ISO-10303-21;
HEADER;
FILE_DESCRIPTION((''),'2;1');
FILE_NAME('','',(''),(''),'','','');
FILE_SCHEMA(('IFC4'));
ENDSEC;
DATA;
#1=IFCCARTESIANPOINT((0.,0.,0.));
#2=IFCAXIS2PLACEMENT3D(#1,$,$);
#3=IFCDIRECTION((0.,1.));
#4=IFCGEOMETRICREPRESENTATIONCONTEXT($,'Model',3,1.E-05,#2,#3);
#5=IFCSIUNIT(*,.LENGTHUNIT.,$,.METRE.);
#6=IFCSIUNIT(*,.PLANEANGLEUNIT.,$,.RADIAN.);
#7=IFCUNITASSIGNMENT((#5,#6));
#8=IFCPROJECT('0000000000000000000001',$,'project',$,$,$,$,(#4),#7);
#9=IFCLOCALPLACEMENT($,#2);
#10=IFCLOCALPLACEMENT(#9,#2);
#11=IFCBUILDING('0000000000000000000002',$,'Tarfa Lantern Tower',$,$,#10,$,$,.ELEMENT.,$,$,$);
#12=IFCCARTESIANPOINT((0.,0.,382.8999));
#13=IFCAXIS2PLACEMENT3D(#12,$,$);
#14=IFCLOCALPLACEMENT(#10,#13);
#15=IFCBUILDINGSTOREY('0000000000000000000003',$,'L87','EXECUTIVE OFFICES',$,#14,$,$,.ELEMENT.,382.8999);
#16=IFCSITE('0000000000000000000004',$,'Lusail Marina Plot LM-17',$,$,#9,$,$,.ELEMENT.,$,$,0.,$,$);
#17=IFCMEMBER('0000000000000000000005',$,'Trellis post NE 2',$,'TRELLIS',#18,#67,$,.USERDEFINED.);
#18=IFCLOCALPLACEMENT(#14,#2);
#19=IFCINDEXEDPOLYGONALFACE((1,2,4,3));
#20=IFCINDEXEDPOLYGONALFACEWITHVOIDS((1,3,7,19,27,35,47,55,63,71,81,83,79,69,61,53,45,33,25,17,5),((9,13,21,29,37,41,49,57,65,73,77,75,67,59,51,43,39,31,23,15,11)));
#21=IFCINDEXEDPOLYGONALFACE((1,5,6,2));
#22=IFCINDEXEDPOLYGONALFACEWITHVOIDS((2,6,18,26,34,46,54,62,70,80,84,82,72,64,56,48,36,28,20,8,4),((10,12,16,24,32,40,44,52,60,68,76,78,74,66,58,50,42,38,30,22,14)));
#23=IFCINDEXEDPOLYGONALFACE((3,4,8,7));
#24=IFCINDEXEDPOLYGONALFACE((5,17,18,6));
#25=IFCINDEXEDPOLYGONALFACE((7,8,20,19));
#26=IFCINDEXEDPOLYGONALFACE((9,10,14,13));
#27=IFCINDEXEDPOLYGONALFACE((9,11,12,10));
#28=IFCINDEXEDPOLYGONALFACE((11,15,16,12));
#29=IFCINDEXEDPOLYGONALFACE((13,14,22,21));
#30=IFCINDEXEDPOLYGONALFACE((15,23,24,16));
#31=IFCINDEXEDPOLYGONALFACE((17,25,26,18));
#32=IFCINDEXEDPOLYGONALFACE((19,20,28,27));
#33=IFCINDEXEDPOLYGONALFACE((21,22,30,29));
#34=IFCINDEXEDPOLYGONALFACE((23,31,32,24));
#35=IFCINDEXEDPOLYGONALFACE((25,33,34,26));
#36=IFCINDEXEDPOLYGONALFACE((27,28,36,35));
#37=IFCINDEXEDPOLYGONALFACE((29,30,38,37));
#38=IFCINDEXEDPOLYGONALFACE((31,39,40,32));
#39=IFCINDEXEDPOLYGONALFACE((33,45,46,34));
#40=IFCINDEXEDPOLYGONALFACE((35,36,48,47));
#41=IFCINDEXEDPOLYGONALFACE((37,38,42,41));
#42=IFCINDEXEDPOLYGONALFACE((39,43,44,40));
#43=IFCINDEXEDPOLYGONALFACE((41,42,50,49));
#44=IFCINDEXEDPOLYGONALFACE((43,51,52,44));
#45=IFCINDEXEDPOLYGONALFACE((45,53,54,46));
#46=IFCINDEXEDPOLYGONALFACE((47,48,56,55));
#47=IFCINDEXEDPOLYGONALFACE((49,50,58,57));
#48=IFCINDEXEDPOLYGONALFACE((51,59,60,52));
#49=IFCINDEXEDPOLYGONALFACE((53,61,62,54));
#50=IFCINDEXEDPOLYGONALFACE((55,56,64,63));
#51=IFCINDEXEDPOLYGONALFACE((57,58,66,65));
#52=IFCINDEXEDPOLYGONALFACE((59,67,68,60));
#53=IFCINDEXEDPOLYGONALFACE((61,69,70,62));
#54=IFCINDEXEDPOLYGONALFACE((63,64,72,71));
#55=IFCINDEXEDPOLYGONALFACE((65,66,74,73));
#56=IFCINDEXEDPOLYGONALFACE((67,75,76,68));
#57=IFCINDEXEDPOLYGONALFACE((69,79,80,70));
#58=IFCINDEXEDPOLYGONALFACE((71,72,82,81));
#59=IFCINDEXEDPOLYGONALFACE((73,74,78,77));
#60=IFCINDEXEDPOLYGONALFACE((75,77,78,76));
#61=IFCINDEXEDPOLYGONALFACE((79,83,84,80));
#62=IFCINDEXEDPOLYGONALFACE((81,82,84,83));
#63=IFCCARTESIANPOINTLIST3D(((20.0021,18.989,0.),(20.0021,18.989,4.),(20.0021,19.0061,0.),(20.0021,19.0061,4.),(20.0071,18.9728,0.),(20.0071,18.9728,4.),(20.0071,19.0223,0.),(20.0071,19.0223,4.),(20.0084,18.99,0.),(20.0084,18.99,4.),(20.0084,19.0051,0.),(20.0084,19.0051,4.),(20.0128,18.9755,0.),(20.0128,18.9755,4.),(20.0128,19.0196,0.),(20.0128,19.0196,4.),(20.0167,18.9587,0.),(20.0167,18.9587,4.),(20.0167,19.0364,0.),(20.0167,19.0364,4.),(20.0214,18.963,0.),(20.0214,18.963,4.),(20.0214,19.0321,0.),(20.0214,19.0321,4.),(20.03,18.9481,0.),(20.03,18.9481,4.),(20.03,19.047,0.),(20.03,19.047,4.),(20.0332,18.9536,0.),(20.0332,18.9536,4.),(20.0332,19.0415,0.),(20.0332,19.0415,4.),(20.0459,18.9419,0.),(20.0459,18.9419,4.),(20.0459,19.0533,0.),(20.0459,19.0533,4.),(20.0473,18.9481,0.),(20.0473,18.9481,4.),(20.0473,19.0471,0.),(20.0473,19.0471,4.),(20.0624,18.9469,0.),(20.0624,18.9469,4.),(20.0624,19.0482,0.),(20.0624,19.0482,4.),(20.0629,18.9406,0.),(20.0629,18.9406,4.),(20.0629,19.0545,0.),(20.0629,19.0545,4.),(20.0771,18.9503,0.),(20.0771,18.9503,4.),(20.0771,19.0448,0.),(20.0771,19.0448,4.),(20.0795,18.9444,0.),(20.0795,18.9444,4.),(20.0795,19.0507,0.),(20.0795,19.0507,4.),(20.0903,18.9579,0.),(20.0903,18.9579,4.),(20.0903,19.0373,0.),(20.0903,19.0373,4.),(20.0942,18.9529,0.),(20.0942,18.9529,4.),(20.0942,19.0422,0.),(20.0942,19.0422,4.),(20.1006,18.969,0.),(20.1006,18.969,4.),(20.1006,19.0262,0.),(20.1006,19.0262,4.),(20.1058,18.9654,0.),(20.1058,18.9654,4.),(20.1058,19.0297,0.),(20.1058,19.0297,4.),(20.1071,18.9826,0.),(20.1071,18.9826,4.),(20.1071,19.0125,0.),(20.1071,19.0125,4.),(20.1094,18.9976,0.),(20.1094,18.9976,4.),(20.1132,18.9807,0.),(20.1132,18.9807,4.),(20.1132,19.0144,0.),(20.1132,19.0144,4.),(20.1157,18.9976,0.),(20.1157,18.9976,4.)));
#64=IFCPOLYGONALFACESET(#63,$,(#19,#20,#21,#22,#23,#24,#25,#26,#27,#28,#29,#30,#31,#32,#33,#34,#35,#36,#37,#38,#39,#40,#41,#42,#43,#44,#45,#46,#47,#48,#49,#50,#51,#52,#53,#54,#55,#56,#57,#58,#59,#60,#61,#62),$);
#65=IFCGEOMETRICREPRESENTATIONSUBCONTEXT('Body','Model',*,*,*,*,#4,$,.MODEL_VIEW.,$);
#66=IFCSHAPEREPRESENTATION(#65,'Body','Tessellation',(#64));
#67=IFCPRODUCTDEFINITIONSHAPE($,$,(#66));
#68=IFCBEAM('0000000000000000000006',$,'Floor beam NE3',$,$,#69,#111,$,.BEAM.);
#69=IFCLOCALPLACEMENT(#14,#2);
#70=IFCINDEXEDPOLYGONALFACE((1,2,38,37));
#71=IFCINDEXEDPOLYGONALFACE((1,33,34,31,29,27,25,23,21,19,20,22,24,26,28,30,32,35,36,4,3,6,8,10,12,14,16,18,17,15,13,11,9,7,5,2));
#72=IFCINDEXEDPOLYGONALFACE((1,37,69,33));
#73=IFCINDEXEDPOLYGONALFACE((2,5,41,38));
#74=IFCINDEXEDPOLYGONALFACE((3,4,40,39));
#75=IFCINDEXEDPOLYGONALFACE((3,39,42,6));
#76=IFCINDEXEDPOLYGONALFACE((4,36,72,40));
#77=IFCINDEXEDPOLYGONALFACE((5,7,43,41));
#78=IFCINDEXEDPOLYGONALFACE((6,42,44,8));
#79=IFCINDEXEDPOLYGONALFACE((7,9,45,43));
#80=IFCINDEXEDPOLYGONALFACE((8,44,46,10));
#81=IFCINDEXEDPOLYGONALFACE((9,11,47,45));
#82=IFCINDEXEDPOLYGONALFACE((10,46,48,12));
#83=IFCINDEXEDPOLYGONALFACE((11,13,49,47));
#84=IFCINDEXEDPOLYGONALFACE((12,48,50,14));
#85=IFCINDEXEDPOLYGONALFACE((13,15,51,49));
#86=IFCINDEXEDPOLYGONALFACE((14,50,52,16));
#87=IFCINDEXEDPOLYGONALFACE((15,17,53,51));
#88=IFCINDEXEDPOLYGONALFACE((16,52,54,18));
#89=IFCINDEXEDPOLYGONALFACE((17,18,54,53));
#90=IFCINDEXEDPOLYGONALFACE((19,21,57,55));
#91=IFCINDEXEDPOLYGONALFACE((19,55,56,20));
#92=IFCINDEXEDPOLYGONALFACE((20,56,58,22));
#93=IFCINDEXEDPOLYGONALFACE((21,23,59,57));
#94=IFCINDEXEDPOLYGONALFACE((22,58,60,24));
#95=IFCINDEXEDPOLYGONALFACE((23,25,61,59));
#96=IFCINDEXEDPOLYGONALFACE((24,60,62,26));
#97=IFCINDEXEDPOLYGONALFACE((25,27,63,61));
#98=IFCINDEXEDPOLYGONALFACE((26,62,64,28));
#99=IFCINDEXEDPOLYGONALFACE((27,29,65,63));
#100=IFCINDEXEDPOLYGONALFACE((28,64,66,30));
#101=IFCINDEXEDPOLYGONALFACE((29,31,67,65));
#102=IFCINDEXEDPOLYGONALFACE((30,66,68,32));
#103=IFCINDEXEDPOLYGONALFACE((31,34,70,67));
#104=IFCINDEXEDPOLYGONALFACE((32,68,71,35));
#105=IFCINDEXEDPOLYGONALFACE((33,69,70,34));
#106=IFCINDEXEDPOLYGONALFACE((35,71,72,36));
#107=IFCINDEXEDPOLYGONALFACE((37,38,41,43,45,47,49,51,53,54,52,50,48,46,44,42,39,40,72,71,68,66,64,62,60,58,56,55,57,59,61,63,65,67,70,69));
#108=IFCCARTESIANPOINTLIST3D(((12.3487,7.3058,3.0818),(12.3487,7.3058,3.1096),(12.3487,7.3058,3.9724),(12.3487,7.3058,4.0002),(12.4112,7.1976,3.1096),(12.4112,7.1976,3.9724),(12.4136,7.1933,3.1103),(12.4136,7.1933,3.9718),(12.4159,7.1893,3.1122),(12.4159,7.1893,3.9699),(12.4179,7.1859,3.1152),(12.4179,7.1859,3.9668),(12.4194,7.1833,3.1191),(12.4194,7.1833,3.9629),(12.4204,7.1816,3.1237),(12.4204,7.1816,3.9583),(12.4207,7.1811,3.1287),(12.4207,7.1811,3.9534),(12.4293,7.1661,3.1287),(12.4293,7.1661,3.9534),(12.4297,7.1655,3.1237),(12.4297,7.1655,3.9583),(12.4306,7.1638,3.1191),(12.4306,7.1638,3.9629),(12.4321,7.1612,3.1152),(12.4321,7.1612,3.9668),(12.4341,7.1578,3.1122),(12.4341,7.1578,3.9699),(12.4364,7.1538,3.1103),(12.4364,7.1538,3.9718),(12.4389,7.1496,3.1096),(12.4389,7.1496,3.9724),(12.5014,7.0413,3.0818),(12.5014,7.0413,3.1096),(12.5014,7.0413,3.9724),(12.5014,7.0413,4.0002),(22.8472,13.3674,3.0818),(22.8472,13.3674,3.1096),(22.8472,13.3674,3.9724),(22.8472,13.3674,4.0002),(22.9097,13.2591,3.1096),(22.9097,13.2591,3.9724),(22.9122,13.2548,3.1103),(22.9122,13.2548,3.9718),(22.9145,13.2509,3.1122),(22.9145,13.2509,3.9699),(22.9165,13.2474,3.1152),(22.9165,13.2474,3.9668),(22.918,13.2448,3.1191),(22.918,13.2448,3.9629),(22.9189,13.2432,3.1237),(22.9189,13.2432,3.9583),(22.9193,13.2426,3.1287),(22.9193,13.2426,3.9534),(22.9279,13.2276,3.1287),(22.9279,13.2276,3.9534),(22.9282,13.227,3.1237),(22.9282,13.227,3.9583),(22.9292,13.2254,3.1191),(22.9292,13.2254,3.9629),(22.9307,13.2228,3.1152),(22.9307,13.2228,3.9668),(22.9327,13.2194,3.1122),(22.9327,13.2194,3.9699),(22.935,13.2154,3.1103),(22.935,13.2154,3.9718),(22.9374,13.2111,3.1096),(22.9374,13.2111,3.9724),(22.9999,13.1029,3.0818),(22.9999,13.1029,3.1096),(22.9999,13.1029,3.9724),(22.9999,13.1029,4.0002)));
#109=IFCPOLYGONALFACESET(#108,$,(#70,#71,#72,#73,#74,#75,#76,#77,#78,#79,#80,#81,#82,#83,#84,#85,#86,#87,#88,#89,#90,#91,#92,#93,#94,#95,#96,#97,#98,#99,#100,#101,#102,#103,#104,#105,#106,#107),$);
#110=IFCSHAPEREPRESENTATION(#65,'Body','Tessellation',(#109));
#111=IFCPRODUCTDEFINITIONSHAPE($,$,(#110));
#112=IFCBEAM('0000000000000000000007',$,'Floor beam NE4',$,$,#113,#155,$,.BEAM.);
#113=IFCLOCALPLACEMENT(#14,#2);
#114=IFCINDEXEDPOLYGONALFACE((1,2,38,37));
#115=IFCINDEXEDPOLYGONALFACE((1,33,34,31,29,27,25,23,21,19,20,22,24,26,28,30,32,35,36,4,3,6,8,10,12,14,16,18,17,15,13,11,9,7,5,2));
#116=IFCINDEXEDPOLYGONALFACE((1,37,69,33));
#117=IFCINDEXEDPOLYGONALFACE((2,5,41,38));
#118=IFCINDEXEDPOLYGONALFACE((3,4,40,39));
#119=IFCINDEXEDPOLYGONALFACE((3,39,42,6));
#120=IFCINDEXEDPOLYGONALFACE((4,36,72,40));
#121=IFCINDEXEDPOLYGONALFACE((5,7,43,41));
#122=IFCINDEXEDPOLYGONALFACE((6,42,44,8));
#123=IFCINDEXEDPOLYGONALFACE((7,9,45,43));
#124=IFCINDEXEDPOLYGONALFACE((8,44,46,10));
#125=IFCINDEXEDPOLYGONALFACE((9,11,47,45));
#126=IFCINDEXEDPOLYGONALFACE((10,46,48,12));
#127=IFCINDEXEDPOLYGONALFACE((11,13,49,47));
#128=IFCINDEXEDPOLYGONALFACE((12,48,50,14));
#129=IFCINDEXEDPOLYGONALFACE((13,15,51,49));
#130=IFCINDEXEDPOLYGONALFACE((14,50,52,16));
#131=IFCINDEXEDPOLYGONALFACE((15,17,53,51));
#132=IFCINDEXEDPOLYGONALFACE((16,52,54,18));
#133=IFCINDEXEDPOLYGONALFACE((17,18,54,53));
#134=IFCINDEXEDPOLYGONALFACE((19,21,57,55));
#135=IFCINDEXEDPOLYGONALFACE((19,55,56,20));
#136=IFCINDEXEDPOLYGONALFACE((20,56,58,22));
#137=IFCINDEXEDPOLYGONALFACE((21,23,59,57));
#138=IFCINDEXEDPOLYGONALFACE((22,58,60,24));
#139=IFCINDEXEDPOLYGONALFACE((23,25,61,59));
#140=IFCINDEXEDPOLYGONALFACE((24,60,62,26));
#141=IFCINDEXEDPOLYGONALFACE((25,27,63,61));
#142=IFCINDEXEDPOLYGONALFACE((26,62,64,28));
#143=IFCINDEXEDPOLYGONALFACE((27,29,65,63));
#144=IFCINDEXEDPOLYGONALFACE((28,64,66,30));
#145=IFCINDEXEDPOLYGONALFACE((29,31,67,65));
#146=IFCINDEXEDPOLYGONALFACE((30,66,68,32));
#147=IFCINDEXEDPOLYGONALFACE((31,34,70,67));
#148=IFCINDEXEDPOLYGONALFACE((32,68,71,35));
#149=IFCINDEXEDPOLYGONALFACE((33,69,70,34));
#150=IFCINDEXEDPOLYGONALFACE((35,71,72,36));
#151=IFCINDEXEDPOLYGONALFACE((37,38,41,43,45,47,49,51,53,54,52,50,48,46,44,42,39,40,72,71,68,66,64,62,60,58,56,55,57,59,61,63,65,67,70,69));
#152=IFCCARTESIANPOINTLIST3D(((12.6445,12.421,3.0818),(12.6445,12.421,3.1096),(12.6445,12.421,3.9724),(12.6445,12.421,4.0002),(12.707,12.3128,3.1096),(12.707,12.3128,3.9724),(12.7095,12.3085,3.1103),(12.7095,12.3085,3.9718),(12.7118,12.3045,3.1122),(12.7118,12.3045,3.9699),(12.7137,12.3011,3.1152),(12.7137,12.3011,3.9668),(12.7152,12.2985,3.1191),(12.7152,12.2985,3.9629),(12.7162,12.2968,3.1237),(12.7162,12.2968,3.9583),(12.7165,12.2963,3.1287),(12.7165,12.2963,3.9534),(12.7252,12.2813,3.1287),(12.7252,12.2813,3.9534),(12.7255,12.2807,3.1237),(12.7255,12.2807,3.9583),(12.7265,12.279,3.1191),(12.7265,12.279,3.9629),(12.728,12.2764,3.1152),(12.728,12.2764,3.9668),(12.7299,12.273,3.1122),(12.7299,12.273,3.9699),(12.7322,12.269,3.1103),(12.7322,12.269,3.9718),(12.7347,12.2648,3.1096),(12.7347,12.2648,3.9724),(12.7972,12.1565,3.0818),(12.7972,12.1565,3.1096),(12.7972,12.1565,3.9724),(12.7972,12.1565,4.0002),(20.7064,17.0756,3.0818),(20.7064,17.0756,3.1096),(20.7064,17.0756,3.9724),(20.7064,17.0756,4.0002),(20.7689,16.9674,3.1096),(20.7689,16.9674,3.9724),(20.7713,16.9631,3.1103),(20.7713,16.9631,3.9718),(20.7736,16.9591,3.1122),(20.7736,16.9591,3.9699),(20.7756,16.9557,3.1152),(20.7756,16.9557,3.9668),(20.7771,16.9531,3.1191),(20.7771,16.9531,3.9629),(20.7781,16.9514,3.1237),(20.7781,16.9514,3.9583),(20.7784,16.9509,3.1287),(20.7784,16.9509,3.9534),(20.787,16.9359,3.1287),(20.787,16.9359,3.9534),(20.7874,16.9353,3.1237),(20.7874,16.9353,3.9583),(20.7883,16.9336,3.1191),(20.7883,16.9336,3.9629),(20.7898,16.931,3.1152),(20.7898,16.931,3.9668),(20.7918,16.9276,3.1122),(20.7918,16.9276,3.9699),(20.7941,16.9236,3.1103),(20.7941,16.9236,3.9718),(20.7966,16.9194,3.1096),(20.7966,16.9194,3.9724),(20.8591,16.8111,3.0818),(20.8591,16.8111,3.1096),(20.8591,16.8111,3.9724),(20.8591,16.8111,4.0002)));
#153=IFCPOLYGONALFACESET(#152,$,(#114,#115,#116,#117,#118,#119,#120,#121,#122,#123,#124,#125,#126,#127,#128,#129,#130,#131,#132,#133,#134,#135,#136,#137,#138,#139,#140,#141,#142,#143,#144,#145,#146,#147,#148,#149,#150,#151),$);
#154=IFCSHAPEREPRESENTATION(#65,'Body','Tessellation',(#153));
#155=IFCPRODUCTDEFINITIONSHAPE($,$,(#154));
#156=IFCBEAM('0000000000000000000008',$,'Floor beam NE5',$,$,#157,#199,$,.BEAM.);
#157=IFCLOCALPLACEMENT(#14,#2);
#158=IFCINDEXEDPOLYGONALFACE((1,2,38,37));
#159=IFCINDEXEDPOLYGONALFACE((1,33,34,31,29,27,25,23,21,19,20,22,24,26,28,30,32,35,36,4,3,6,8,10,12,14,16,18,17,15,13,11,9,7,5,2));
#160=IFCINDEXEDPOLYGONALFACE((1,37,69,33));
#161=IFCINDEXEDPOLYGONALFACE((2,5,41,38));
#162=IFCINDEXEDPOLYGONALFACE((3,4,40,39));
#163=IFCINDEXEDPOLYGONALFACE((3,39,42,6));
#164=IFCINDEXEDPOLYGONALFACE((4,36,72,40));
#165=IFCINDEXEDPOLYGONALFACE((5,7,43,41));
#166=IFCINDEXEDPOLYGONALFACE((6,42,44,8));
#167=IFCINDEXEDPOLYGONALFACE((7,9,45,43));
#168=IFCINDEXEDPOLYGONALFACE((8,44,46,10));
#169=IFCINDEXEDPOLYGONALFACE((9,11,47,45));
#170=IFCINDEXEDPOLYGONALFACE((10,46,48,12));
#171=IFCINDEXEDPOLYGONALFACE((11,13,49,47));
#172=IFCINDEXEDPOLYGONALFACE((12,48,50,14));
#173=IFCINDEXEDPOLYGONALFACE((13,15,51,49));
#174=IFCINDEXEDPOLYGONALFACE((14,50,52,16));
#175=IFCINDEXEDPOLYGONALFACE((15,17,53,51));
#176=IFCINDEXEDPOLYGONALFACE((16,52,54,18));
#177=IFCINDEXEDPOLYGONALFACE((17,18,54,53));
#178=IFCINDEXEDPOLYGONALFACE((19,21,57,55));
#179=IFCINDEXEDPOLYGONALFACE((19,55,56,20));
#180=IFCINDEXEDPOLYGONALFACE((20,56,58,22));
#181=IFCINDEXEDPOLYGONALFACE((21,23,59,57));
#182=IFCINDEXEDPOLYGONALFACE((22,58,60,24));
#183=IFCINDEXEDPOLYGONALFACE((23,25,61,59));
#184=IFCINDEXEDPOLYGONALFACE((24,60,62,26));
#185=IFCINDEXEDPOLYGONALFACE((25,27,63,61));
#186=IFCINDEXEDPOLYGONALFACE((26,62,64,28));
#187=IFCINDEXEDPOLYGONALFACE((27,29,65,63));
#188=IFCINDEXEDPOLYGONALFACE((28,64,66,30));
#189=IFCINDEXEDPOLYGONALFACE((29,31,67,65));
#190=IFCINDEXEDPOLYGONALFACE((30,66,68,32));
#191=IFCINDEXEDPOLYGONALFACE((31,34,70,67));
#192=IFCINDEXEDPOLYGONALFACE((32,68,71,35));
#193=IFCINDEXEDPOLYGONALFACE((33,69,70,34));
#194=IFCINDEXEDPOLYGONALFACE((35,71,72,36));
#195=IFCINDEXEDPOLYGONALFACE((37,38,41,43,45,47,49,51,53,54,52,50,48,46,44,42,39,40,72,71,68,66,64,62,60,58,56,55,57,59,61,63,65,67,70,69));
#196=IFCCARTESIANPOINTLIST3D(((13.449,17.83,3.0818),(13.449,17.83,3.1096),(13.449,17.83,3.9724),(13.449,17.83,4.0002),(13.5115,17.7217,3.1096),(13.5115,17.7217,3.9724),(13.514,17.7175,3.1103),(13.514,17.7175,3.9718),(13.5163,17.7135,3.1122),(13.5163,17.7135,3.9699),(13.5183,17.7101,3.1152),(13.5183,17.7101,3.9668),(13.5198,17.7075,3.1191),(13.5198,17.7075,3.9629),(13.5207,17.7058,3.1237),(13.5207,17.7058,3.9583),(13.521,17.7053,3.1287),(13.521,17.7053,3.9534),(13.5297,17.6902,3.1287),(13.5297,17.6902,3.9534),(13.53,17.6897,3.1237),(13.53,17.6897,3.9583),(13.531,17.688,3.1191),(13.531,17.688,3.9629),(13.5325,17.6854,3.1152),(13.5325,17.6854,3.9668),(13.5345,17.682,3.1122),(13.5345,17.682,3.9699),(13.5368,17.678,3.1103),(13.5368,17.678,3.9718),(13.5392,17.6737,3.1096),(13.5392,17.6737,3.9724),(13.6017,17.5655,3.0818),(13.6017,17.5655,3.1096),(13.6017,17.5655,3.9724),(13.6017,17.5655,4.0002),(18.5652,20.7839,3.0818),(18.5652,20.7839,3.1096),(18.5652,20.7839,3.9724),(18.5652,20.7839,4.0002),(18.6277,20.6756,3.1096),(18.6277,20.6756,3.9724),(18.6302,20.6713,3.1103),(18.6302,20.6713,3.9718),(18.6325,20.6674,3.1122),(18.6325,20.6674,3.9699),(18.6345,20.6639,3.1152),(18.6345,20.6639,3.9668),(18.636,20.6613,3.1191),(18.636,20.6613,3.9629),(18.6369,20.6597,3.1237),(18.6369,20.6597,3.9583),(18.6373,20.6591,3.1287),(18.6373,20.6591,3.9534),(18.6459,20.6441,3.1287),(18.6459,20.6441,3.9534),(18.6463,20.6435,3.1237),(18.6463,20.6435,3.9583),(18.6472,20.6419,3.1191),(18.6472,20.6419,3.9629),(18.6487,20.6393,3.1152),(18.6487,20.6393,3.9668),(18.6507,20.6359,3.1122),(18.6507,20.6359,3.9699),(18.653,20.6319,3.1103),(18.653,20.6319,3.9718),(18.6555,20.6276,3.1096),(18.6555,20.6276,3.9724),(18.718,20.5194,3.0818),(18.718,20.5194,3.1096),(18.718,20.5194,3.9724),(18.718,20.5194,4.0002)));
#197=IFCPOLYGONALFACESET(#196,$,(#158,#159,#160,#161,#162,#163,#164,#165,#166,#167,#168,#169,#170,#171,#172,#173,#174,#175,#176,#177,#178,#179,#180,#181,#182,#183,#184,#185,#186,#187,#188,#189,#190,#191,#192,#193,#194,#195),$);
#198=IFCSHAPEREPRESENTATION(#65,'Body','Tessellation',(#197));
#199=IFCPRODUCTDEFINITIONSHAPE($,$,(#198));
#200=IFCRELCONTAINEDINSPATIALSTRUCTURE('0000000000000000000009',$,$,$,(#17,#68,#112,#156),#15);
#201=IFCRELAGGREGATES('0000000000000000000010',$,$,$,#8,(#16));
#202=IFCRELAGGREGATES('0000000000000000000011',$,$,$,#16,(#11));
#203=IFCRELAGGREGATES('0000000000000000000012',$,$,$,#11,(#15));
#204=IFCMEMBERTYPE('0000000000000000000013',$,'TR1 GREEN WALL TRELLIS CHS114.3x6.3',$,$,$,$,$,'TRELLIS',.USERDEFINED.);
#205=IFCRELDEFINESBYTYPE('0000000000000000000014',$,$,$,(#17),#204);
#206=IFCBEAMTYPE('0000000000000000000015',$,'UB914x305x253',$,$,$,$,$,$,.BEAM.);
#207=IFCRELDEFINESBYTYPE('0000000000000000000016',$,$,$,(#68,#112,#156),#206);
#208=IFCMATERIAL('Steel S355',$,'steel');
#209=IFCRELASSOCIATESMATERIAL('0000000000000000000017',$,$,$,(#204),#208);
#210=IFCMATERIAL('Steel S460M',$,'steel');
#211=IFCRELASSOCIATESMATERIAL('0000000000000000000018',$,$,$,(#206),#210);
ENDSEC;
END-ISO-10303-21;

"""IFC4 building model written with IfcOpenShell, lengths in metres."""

from ifc_helpers import new_model, si_unit, direction, frame, origin, origin_2d, place, context, subcontext, project, spatial, hollow_circle, i_section, extrude, material, material_profile, profile_set, type_object, element, save


model = new_model("IFC4")

# Units and contexts
model_context = context("Model", 3, precision=1e-05, world=origin(), true_north=direction((0.0, 1.0)))
body_context = subcontext(model_context, "Body", "Model", "MODEL_VIEW")
ifc_project = project(units=[si_unit("LENGTHUNIT", "METRE"), si_unit("PLANEANGLEUNIT", "RADIAN")], contexts=[model_context])

# Site, building, storey
site_placement = place(None, origin())
site = spatial("IfcSite", under=ifc_project, at=site_placement, Name="Lusail Marina Plot LM-17", CompositionType="ELEMENT", RefElevation=0.0)
building_placement = place(site_placement, origin())
building = spatial("IfcBuilding", under=site, at=building_placement, Name="Tarfa Lantern Tower", CompositionType="ELEMENT")
storey_placement = place(building_placement, frame((0.0, 0.0, 382.8999)))
storey = spatial("IfcBuildingStorey", under=building, at=storey_placement, Name="L87", Description="EXECUTIVE OFFICES", CompositionType="ELEMENT", Elevation=382.8999)

# Member
ifc_material_1 = material(Name="Steel S355", Category="steel")
ifc_material_profile_1 = material_profile(ifc_material_1, hollow_circle(Radius=0.0571, WallThickness=0.0063, at=origin_2d()), Name="CHS114.3x6.3")
ifc_profile_set_1 = profile_set([ifc_material_profile_1], Name="Steel S355")
member_type_1 = type_object("IfcMemberType", Name="TR1 GREEN WALL TRELLIS CHS114.3x6.3", ElementType="TRELLIS", PredefinedType="USERDEFINED", material=ifc_profile_set_1)
member_1_placement = place(storey_placement, frame((20.0586, 18.9976, 0.0), z_axis=(0.0, 0.0, 1.0), x_axis=(1.0, 0.0, 0.0)))
element("IfcMember", 1, at=member_1_placement, inside=storey, type_object=member_type_1, Name="Trellis post NE 2", ObjectType="TRELLIS", PredefinedType="USERDEFINED", context=body_context, shape_type="SweptSolid", body=[
    extrude(hollow_circle(Radius=0.0571, WallThickness=0.0063, at=origin_2d()), origin(), (0.0, 0.0, 1.0), 4.0),
])

# Beams
ifc_material_2 = material(Name="Steel S460M", Category="steel")
ifc_material_profile_2 = material_profile(ifc_material_2, i_section(OverallWidth=0.3054, OverallDepth=0.9185, WebThickness=0.0173, FlangeThickness=0.0278, FilletRadius=0.019, at=origin_2d()), Name="UB914x305x253")
ifc_profile_set_2 = profile_set([ifc_material_profile_2], Name="Steel S460M")
beam_type_1 = type_object("IfcBeamType", Name="UB914x305x253", PredefinedType="BEAM", material=ifc_profile_set_2)
beam_1_placement = place(storey_placement, frame((22.9236, 13.2351, 3.541), z_axis=(-0.866019, -0.500012, 0.0), x_axis=(0.500012, -0.866019, 0.0)))
element("IfcBeam", 2, at=beam_1_placement, inside=storey, type_object=beam_type_1, Name="Floor beam NE3", PredefinedType="BEAM", context=body_context, shape_type="SweptSolid", body=[
    extrude(i_section(OverallWidth=0.3054, OverallDepth=0.9185, WebThickness=0.0173, FlangeThickness=0.0278, FilletRadius=0.019, at=origin_2d()), origin(), (0.0, 0.0, 1.0), 12.1228),
])
beam_2_placement = place(storey_placement, frame((20.7827, 16.9434, 3.541), z_axis=(-0.866022, -0.500006, 0.0), x_axis=(0.500006, -0.866022, 0.0)))
element("IfcBeam", 3, at=beam_2_placement, inside=storey, type_object=beam_type_1, Name="Floor beam NE4", PredefinedType="BEAM", context=body_context, shape_type="SweptSolid", body=[
    extrude(i_section(OverallWidth=0.3054, OverallDepth=0.9185, WebThickness=0.0173, FlangeThickness=0.0278, FilletRadius=0.019, at=origin_2d()), origin(), (0.0, 0.0, 1.0), 9.3091),
])
beam_3_placement = place(storey_placement, frame((18.6416, 20.6516, 3.541), z_axis=(-0.866025, -0.500001, 0.0), x_axis=(0.500001, -0.866025, 0.0)))
element("IfcBeam", 4, at=beam_3_placement, inside=storey, type_object=beam_type_1, Name="Floor beam NE5", PredefinedType="BEAM", context=body_context, shape_type="SweptSolid", body=[
    extrude(i_section(OverallWidth=0.3054, OverallDepth=0.9185, WebThickness=0.0173, FlangeThickness=0.0278, FilletRadius=0.019, at=origin_2d()), origin(), (0.0, 0.0, 1.0), 5.9077),
])

save(model, "model.ifc")
